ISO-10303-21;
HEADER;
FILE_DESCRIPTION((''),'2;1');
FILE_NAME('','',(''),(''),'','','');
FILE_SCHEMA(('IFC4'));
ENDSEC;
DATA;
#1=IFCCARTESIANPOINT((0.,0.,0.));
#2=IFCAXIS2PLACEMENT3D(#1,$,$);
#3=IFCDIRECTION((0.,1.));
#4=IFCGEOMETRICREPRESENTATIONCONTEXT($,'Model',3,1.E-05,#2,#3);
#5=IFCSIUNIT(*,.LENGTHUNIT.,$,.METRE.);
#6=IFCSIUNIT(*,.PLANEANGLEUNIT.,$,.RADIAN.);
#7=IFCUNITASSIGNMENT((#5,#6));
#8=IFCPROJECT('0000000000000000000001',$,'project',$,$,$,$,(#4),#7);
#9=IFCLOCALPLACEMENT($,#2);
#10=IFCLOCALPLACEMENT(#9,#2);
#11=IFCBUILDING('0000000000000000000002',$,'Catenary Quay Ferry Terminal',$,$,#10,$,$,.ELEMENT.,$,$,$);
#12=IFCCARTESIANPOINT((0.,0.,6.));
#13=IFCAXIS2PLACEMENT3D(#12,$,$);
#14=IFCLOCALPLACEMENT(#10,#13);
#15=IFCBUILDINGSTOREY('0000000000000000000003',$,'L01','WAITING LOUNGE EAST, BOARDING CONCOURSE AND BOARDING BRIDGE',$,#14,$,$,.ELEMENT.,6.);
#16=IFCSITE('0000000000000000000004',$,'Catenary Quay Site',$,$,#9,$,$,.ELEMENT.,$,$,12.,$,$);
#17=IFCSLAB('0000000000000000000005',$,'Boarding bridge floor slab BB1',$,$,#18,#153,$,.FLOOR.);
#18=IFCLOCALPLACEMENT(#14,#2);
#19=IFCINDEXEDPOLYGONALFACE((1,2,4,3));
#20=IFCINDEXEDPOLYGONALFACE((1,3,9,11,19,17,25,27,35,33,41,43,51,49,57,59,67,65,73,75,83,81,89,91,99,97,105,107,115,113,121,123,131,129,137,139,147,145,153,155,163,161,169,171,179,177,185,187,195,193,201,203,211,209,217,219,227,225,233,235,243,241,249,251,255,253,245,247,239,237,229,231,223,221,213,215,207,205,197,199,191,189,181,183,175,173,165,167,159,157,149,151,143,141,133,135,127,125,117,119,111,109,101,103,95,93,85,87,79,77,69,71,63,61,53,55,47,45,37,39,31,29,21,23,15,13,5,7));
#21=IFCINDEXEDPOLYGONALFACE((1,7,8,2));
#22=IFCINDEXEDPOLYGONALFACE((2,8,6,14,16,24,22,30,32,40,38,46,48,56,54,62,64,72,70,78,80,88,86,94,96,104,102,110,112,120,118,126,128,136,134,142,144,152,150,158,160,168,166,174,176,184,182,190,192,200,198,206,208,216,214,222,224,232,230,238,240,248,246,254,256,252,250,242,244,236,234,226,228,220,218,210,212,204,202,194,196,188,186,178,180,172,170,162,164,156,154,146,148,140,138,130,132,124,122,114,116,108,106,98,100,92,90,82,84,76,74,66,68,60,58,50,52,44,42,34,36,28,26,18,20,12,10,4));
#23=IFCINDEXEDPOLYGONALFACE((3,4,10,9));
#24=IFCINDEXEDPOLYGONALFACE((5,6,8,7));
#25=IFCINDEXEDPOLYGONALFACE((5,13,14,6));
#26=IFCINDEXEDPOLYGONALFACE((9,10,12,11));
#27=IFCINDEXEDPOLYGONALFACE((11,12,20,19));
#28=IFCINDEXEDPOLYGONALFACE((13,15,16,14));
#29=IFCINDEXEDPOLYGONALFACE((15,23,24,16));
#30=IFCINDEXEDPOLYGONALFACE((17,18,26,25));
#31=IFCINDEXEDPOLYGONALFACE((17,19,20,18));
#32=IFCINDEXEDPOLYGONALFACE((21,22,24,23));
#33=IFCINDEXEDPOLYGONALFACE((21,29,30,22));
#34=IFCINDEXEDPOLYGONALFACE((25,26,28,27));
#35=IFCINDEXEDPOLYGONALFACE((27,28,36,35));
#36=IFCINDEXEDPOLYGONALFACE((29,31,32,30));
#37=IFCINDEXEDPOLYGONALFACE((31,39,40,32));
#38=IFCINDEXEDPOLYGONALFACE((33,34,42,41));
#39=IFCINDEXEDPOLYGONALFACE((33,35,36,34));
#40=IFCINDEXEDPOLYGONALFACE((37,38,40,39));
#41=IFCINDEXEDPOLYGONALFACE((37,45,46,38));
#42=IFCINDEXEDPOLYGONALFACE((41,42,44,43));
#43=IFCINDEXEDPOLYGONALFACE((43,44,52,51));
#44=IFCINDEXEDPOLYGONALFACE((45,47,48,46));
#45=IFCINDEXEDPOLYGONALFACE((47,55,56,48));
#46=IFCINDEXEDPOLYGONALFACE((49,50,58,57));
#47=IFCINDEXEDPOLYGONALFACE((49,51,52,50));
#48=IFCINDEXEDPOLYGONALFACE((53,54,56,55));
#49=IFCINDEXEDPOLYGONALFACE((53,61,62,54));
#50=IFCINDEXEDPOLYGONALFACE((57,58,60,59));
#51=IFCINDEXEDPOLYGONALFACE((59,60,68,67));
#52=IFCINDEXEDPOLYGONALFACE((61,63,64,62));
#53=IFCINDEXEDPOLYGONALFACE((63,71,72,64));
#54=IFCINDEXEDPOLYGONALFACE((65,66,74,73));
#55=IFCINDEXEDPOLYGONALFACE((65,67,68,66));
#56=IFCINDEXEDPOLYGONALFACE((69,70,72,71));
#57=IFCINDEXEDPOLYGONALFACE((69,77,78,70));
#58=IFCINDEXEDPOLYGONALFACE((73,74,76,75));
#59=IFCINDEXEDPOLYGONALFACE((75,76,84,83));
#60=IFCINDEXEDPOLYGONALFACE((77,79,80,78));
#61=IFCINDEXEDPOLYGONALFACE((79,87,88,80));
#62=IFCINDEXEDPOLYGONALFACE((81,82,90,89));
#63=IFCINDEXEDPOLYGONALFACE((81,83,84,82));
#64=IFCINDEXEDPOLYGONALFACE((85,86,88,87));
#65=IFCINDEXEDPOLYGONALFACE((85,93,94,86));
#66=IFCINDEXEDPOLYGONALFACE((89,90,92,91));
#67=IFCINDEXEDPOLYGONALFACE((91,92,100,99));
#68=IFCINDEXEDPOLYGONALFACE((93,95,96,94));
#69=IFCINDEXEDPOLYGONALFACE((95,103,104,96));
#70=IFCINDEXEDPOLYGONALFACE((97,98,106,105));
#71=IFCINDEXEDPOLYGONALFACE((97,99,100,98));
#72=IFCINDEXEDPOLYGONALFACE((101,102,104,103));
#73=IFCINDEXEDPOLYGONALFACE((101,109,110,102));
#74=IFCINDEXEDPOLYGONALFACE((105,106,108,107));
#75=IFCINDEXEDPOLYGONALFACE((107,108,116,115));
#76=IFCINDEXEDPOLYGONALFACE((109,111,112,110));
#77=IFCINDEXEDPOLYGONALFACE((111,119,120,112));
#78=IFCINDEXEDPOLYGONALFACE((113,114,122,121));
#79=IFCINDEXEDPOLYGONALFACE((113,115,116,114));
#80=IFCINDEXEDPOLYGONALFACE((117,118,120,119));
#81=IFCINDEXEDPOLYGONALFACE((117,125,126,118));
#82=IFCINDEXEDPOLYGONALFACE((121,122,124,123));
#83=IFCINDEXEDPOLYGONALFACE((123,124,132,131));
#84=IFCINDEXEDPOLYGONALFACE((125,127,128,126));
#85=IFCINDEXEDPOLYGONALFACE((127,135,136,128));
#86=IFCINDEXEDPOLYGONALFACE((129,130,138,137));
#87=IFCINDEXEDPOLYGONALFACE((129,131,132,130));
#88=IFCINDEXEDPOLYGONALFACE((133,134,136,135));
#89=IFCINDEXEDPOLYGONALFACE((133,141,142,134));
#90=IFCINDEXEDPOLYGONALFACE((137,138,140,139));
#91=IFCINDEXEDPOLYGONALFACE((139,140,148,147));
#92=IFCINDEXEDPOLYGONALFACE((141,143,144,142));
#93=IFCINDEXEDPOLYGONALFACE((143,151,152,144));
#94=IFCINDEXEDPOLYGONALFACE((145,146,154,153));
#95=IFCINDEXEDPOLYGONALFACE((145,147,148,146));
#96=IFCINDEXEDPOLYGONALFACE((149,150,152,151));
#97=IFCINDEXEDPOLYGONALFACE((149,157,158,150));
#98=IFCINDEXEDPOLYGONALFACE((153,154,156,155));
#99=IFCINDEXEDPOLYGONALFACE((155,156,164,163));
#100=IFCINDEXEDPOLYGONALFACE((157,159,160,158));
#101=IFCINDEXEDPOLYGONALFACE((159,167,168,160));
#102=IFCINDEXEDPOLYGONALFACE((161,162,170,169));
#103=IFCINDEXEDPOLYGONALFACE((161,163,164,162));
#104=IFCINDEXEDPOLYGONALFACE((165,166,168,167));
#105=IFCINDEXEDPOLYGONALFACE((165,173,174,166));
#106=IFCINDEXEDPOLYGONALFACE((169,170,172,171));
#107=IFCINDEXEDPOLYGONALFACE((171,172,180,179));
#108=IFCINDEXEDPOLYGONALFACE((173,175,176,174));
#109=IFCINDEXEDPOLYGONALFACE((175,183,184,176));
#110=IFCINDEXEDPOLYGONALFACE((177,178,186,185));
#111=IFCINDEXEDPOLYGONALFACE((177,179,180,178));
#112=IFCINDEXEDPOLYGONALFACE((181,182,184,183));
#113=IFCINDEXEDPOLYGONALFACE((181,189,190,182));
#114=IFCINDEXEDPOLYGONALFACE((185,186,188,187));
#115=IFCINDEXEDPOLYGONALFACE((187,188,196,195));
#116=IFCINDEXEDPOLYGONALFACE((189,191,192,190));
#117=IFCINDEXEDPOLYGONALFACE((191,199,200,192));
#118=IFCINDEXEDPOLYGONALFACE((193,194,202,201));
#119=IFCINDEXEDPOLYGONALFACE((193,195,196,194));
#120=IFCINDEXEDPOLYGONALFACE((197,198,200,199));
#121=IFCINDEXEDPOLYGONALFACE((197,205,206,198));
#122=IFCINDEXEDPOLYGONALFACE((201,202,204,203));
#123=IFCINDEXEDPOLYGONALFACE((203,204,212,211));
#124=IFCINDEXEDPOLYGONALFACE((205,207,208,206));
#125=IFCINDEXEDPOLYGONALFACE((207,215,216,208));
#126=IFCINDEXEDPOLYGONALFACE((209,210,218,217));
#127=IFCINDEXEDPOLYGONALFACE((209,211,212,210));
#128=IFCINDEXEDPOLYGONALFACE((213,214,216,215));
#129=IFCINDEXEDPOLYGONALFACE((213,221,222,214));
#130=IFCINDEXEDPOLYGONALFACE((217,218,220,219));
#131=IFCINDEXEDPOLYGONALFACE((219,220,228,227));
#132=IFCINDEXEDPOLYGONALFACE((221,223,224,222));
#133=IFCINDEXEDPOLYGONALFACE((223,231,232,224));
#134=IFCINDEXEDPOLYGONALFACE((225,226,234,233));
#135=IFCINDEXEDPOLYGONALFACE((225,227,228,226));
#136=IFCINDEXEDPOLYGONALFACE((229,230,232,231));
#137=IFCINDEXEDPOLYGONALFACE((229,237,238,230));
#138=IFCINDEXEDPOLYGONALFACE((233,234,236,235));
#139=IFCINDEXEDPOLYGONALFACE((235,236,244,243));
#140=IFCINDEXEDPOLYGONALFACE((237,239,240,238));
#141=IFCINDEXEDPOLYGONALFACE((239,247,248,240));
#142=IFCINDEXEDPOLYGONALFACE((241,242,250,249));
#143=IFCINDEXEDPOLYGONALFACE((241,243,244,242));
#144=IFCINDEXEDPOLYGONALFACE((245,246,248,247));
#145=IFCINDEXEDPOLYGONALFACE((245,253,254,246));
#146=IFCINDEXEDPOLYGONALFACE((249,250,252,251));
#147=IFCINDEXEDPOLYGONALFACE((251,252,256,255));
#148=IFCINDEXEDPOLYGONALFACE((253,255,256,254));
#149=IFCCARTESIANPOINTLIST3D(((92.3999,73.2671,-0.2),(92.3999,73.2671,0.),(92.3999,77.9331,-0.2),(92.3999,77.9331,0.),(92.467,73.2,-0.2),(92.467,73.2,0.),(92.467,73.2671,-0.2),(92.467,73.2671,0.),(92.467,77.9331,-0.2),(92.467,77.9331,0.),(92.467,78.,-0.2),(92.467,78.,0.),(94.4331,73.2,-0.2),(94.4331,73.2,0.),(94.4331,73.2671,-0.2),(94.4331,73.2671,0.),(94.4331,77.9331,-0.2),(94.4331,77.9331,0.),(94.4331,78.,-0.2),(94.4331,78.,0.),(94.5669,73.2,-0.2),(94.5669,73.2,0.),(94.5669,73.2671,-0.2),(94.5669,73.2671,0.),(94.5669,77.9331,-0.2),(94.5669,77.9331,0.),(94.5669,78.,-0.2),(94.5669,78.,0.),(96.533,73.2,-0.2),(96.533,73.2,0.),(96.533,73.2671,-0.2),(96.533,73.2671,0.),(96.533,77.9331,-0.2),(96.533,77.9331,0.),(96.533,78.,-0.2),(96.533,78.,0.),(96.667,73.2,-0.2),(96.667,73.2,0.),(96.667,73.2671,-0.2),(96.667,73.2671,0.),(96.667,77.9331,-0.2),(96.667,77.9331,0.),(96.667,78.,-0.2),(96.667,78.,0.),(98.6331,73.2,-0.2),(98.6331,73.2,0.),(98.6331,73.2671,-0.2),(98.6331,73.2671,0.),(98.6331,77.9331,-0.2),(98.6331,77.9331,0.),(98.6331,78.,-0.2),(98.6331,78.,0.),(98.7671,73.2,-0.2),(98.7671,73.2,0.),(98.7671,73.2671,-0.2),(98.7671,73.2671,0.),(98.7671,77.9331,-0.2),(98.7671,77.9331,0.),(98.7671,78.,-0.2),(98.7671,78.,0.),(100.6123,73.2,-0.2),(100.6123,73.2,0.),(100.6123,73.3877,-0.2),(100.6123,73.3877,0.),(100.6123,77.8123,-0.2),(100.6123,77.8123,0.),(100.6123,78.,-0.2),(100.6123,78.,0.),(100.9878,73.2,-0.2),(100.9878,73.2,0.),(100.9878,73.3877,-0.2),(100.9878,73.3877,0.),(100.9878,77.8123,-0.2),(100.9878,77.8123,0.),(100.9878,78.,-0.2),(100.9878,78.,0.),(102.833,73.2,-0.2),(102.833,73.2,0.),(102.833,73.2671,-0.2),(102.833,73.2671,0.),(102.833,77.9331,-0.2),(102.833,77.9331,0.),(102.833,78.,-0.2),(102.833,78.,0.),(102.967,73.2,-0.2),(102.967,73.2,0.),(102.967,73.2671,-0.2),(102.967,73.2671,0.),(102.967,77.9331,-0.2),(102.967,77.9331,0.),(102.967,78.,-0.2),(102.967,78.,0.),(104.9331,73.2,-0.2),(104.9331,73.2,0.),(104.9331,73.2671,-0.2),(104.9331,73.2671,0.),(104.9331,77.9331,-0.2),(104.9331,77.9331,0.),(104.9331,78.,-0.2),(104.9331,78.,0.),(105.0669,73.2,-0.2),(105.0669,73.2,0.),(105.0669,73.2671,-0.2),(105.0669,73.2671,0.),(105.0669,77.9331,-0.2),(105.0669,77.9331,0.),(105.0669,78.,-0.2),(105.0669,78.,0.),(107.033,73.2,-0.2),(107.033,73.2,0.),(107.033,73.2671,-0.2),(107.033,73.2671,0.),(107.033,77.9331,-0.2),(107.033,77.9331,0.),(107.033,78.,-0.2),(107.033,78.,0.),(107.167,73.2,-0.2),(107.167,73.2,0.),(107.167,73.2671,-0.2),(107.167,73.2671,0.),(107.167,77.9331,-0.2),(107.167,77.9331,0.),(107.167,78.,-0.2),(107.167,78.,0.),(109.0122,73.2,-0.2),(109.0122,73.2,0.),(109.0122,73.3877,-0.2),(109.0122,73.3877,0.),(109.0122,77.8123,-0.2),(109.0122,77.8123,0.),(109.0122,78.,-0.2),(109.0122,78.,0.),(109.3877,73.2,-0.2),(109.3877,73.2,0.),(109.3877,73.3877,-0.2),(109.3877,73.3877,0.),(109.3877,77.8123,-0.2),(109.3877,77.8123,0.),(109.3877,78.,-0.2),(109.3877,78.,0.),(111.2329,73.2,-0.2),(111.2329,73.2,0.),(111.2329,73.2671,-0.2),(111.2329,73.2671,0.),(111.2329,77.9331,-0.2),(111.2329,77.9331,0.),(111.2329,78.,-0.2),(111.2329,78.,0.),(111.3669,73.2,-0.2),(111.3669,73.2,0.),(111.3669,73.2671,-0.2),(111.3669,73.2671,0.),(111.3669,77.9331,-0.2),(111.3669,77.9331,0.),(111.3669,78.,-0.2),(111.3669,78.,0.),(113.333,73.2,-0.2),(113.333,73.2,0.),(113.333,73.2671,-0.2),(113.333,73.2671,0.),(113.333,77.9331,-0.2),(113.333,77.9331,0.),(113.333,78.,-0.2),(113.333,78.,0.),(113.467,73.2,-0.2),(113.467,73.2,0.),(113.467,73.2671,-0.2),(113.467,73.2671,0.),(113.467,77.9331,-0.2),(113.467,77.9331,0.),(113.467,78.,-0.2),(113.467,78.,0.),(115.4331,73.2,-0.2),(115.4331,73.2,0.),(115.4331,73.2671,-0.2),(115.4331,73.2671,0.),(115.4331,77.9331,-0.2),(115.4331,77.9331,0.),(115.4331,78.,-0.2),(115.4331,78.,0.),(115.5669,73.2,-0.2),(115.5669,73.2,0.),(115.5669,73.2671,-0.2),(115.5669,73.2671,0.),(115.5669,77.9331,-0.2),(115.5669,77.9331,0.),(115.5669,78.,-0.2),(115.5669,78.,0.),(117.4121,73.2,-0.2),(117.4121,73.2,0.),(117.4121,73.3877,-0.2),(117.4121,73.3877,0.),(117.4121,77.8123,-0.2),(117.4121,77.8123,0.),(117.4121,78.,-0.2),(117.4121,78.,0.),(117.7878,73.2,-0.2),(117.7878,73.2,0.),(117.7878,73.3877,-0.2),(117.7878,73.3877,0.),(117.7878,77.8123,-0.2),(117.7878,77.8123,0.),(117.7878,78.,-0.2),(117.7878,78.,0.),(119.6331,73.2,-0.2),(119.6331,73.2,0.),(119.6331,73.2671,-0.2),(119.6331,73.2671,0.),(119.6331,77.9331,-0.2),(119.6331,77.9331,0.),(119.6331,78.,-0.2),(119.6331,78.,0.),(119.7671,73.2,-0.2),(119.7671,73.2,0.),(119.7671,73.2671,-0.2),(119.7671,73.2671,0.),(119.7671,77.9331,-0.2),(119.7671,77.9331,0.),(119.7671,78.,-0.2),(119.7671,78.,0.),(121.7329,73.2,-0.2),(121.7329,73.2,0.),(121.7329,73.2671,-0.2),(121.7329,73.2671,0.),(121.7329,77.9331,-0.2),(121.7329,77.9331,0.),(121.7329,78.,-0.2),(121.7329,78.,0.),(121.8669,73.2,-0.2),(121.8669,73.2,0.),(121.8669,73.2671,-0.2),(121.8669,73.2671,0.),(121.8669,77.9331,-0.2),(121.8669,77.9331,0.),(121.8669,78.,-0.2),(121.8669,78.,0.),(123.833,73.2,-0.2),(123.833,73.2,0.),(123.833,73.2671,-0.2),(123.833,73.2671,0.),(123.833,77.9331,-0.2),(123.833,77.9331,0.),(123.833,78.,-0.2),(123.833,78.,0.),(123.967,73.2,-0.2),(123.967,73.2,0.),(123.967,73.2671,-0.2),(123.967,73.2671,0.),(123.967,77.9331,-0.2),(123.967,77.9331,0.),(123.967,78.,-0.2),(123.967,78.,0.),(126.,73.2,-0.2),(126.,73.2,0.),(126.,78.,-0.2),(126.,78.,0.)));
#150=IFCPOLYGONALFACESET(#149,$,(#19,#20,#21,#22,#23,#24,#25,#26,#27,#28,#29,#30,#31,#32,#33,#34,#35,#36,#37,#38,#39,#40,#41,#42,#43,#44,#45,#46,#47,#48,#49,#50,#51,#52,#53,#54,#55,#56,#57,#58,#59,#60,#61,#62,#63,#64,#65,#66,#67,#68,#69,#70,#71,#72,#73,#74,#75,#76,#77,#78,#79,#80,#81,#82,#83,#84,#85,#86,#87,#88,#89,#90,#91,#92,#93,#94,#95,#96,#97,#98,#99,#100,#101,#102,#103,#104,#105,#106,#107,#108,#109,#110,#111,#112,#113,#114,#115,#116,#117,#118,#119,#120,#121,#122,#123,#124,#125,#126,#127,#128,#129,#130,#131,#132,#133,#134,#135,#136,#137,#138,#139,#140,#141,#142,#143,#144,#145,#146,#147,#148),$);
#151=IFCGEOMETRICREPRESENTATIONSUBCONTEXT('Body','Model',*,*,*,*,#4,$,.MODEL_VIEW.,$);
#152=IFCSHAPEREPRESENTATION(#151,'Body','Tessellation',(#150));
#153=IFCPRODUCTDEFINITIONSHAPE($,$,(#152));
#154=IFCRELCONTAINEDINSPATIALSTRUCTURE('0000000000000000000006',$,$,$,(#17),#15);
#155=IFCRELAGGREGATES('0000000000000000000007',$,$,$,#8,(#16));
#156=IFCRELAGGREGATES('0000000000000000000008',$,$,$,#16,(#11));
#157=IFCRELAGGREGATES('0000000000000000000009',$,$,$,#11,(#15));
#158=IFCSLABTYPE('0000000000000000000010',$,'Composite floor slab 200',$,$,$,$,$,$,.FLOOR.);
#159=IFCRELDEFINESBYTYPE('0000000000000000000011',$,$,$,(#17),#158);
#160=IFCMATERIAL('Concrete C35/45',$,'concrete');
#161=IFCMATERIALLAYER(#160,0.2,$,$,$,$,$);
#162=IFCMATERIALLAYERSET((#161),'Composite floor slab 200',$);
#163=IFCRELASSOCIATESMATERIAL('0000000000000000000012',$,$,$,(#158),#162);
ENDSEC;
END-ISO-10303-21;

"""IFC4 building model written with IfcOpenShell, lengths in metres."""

from ifc_helpers import new_model, si_unit, direction, frame, origin, place, context, subcontext, project, spatial, polyline, outline, extrude, material, layer, layer_set, type_object, element, save


model = new_model("IFC4")

# Units and contexts
model_context = context("Model", 3, precision=1e-05, world=origin(), true_north=direction((0.0, 1.0)))
body_context = subcontext(model_context, "Body", "Model", "MODEL_VIEW")
ifc_project = project(units=[si_unit("LENGTHUNIT", "METRE"), si_unit("PLANEANGLEUNIT", "RADIAN")], contexts=[model_context])

# Site, building, storey
site_placement = place(None, origin())
site = spatial("IfcSite", under=ifc_project, at=site_placement, Name="Catenary Quay Site", CompositionType="ELEMENT", RefElevation=12.0)
building_placement = place(site_placement, origin())
building = spatial("IfcBuilding", under=site, at=building_placement, Name="Catenary Quay Ferry Terminal", CompositionType="ELEMENT")
storey_placement = place(building_placement, frame((0.0, 0.0, 6.0)))
storey = spatial("IfcBuildingStorey", under=building, at=storey_placement, Name="L01", Description="WAITING LOUNGE EAST, BOARDING CONCOURSE AND BOARDING BRIDGE", CompositionType="ELEMENT", Elevation=6.0)

# Slab
ifc_material_1 = material(Name="Concrete C35/45", Category="concrete")
ifc_layer_1 = layer(ifc_material_1, 0.2)
ifc_layer_set_1 = layer_set([ifc_layer_1], Name="Composite floor slab 200")
slab_type = type_object("IfcSlabType", Name="Composite floor slab 200", PredefinedType="FLOOR", material=ifc_layer_set_1)
slab_1_placement = place(storey_placement, frame((0.0, 0.0, -0.2)))
element("IfcSlab", 1, at=slab_1_placement, inside=storey, type_object=slab_type, Name="Boarding bridge floor slab BB1", PredefinedType="FLOOR", context=body_context, shape_type="SweptSolid", body=[
    extrude(outline(polyline([(126.0, 78.0), (126.0, 73.2), (123.967, 73.2), (123.967, 73.2671), (123.833, 73.2671), (123.833, 73.2), (121.8669, 73.2), (121.8669, 73.2671), (121.7329, 73.2671), (121.7329, 73.2), (119.7671, 73.2), (119.7671, 73.2671), (119.6331, 73.2671), (119.6331, 73.2), (117.7878, 73.2), (117.7878, 73.3877), (117.4121, 73.3877), (117.4121, 73.2), (115.5669, 73.2), (115.5669, 73.2671), (115.4331, 73.2671), (115.4331, 73.2), (113.467, 73.2), (113.467, 73.2671), (113.333, 73.2671), (113.333, 73.2), (111.3669, 73.2), (111.3669, 73.2671), (111.2329, 73.2671), (111.2329, 73.2), (109.3877, 73.2), (109.3877, 73.3877), (109.0122, 73.3877), (109.0122, 73.2), (107.167, 73.2), (107.167, 73.2671), (107.033, 73.2671), (107.033, 73.2), (105.0669, 73.2), (105.0669, 73.2671), (104.9331, 73.2671), (104.9331, 73.2), (102.967, 73.2), (102.967, 73.2671), (102.833, 73.2671), (102.833, 73.2), (100.9878, 73.2), (100.9878, 73.3877), (100.6123, 73.3877), (100.6123, 73.2), (98.7671, 73.2), (98.7671, 73.2671), (98.6331, 73.2671), (98.6331, 73.2), (96.667, 73.2), (96.667, 73.2671), (96.533, 73.2671), (96.533, 73.2), (94.5669, 73.2), (94.5669, 73.2671), (94.4331, 73.2671), (94.4331, 73.2), (92.467, 73.2), (92.467, 73.2671), (92.3999, 73.2671), (92.3999, 77.9331), (92.467, 77.9331), (92.467, 78.0), (94.4331, 78.0), (94.4331, 77.9331), (94.5669, 77.9331), (94.5669, 78.0), (96.533, 78.0), (96.533, 77.9331), (96.667, 77.9331), (96.667, 78.0), (98.6331, 78.0), (98.6331, 77.9331), (98.7671, 77.9331), (98.7671, 78.0), (100.6123, 78.0), (100.6123, 77.8123), (100.9878, 77.8123), (100.9878, 78.0), (102.833, 78.0), (102.833, 77.9331), (102.967, 77.9331), (102.967, 78.0), (104.9331, 78.0), (104.9331, 77.9331), (105.0669, 77.9331), (105.0669, 78.0), (107.033, 78.0), (107.033, 77.9331), (107.167, 77.9331), (107.167, 78.0), (109.0122, 78.0), (109.0122, 77.8123), (109.3877, 77.8123), (109.3877, 78.0), (111.2329, 78.0), (111.2329, 77.9331), (111.3669, 77.9331), (111.3669, 78.0), (113.333, 78.0), (113.333, 77.9331), (113.467, 77.9331), (113.467, 78.0), (115.4331, 78.0), (115.4331, 77.9331), (115.5669, 77.9331), (115.5669, 78.0), (117.4121, 78.0), (117.4121, 77.8123), (117.7878, 77.8123), (117.7878, 78.0), (119.6331, 78.0), (119.6331, 77.9331), (119.7671, 77.9331), (119.7671, 78.0), (121.7329, 78.0), (121.7329, 77.9331), (121.8669, 77.9331), (121.8669, 78.0), (123.833, 78.0), (123.833, 77.9331), (123.967, 77.9331), (123.967, 78.0), (126.0, 78.0)])), origin(), (0.0, 0.0, 1.0), 0.2),
])

save(model, "model.ifc")
